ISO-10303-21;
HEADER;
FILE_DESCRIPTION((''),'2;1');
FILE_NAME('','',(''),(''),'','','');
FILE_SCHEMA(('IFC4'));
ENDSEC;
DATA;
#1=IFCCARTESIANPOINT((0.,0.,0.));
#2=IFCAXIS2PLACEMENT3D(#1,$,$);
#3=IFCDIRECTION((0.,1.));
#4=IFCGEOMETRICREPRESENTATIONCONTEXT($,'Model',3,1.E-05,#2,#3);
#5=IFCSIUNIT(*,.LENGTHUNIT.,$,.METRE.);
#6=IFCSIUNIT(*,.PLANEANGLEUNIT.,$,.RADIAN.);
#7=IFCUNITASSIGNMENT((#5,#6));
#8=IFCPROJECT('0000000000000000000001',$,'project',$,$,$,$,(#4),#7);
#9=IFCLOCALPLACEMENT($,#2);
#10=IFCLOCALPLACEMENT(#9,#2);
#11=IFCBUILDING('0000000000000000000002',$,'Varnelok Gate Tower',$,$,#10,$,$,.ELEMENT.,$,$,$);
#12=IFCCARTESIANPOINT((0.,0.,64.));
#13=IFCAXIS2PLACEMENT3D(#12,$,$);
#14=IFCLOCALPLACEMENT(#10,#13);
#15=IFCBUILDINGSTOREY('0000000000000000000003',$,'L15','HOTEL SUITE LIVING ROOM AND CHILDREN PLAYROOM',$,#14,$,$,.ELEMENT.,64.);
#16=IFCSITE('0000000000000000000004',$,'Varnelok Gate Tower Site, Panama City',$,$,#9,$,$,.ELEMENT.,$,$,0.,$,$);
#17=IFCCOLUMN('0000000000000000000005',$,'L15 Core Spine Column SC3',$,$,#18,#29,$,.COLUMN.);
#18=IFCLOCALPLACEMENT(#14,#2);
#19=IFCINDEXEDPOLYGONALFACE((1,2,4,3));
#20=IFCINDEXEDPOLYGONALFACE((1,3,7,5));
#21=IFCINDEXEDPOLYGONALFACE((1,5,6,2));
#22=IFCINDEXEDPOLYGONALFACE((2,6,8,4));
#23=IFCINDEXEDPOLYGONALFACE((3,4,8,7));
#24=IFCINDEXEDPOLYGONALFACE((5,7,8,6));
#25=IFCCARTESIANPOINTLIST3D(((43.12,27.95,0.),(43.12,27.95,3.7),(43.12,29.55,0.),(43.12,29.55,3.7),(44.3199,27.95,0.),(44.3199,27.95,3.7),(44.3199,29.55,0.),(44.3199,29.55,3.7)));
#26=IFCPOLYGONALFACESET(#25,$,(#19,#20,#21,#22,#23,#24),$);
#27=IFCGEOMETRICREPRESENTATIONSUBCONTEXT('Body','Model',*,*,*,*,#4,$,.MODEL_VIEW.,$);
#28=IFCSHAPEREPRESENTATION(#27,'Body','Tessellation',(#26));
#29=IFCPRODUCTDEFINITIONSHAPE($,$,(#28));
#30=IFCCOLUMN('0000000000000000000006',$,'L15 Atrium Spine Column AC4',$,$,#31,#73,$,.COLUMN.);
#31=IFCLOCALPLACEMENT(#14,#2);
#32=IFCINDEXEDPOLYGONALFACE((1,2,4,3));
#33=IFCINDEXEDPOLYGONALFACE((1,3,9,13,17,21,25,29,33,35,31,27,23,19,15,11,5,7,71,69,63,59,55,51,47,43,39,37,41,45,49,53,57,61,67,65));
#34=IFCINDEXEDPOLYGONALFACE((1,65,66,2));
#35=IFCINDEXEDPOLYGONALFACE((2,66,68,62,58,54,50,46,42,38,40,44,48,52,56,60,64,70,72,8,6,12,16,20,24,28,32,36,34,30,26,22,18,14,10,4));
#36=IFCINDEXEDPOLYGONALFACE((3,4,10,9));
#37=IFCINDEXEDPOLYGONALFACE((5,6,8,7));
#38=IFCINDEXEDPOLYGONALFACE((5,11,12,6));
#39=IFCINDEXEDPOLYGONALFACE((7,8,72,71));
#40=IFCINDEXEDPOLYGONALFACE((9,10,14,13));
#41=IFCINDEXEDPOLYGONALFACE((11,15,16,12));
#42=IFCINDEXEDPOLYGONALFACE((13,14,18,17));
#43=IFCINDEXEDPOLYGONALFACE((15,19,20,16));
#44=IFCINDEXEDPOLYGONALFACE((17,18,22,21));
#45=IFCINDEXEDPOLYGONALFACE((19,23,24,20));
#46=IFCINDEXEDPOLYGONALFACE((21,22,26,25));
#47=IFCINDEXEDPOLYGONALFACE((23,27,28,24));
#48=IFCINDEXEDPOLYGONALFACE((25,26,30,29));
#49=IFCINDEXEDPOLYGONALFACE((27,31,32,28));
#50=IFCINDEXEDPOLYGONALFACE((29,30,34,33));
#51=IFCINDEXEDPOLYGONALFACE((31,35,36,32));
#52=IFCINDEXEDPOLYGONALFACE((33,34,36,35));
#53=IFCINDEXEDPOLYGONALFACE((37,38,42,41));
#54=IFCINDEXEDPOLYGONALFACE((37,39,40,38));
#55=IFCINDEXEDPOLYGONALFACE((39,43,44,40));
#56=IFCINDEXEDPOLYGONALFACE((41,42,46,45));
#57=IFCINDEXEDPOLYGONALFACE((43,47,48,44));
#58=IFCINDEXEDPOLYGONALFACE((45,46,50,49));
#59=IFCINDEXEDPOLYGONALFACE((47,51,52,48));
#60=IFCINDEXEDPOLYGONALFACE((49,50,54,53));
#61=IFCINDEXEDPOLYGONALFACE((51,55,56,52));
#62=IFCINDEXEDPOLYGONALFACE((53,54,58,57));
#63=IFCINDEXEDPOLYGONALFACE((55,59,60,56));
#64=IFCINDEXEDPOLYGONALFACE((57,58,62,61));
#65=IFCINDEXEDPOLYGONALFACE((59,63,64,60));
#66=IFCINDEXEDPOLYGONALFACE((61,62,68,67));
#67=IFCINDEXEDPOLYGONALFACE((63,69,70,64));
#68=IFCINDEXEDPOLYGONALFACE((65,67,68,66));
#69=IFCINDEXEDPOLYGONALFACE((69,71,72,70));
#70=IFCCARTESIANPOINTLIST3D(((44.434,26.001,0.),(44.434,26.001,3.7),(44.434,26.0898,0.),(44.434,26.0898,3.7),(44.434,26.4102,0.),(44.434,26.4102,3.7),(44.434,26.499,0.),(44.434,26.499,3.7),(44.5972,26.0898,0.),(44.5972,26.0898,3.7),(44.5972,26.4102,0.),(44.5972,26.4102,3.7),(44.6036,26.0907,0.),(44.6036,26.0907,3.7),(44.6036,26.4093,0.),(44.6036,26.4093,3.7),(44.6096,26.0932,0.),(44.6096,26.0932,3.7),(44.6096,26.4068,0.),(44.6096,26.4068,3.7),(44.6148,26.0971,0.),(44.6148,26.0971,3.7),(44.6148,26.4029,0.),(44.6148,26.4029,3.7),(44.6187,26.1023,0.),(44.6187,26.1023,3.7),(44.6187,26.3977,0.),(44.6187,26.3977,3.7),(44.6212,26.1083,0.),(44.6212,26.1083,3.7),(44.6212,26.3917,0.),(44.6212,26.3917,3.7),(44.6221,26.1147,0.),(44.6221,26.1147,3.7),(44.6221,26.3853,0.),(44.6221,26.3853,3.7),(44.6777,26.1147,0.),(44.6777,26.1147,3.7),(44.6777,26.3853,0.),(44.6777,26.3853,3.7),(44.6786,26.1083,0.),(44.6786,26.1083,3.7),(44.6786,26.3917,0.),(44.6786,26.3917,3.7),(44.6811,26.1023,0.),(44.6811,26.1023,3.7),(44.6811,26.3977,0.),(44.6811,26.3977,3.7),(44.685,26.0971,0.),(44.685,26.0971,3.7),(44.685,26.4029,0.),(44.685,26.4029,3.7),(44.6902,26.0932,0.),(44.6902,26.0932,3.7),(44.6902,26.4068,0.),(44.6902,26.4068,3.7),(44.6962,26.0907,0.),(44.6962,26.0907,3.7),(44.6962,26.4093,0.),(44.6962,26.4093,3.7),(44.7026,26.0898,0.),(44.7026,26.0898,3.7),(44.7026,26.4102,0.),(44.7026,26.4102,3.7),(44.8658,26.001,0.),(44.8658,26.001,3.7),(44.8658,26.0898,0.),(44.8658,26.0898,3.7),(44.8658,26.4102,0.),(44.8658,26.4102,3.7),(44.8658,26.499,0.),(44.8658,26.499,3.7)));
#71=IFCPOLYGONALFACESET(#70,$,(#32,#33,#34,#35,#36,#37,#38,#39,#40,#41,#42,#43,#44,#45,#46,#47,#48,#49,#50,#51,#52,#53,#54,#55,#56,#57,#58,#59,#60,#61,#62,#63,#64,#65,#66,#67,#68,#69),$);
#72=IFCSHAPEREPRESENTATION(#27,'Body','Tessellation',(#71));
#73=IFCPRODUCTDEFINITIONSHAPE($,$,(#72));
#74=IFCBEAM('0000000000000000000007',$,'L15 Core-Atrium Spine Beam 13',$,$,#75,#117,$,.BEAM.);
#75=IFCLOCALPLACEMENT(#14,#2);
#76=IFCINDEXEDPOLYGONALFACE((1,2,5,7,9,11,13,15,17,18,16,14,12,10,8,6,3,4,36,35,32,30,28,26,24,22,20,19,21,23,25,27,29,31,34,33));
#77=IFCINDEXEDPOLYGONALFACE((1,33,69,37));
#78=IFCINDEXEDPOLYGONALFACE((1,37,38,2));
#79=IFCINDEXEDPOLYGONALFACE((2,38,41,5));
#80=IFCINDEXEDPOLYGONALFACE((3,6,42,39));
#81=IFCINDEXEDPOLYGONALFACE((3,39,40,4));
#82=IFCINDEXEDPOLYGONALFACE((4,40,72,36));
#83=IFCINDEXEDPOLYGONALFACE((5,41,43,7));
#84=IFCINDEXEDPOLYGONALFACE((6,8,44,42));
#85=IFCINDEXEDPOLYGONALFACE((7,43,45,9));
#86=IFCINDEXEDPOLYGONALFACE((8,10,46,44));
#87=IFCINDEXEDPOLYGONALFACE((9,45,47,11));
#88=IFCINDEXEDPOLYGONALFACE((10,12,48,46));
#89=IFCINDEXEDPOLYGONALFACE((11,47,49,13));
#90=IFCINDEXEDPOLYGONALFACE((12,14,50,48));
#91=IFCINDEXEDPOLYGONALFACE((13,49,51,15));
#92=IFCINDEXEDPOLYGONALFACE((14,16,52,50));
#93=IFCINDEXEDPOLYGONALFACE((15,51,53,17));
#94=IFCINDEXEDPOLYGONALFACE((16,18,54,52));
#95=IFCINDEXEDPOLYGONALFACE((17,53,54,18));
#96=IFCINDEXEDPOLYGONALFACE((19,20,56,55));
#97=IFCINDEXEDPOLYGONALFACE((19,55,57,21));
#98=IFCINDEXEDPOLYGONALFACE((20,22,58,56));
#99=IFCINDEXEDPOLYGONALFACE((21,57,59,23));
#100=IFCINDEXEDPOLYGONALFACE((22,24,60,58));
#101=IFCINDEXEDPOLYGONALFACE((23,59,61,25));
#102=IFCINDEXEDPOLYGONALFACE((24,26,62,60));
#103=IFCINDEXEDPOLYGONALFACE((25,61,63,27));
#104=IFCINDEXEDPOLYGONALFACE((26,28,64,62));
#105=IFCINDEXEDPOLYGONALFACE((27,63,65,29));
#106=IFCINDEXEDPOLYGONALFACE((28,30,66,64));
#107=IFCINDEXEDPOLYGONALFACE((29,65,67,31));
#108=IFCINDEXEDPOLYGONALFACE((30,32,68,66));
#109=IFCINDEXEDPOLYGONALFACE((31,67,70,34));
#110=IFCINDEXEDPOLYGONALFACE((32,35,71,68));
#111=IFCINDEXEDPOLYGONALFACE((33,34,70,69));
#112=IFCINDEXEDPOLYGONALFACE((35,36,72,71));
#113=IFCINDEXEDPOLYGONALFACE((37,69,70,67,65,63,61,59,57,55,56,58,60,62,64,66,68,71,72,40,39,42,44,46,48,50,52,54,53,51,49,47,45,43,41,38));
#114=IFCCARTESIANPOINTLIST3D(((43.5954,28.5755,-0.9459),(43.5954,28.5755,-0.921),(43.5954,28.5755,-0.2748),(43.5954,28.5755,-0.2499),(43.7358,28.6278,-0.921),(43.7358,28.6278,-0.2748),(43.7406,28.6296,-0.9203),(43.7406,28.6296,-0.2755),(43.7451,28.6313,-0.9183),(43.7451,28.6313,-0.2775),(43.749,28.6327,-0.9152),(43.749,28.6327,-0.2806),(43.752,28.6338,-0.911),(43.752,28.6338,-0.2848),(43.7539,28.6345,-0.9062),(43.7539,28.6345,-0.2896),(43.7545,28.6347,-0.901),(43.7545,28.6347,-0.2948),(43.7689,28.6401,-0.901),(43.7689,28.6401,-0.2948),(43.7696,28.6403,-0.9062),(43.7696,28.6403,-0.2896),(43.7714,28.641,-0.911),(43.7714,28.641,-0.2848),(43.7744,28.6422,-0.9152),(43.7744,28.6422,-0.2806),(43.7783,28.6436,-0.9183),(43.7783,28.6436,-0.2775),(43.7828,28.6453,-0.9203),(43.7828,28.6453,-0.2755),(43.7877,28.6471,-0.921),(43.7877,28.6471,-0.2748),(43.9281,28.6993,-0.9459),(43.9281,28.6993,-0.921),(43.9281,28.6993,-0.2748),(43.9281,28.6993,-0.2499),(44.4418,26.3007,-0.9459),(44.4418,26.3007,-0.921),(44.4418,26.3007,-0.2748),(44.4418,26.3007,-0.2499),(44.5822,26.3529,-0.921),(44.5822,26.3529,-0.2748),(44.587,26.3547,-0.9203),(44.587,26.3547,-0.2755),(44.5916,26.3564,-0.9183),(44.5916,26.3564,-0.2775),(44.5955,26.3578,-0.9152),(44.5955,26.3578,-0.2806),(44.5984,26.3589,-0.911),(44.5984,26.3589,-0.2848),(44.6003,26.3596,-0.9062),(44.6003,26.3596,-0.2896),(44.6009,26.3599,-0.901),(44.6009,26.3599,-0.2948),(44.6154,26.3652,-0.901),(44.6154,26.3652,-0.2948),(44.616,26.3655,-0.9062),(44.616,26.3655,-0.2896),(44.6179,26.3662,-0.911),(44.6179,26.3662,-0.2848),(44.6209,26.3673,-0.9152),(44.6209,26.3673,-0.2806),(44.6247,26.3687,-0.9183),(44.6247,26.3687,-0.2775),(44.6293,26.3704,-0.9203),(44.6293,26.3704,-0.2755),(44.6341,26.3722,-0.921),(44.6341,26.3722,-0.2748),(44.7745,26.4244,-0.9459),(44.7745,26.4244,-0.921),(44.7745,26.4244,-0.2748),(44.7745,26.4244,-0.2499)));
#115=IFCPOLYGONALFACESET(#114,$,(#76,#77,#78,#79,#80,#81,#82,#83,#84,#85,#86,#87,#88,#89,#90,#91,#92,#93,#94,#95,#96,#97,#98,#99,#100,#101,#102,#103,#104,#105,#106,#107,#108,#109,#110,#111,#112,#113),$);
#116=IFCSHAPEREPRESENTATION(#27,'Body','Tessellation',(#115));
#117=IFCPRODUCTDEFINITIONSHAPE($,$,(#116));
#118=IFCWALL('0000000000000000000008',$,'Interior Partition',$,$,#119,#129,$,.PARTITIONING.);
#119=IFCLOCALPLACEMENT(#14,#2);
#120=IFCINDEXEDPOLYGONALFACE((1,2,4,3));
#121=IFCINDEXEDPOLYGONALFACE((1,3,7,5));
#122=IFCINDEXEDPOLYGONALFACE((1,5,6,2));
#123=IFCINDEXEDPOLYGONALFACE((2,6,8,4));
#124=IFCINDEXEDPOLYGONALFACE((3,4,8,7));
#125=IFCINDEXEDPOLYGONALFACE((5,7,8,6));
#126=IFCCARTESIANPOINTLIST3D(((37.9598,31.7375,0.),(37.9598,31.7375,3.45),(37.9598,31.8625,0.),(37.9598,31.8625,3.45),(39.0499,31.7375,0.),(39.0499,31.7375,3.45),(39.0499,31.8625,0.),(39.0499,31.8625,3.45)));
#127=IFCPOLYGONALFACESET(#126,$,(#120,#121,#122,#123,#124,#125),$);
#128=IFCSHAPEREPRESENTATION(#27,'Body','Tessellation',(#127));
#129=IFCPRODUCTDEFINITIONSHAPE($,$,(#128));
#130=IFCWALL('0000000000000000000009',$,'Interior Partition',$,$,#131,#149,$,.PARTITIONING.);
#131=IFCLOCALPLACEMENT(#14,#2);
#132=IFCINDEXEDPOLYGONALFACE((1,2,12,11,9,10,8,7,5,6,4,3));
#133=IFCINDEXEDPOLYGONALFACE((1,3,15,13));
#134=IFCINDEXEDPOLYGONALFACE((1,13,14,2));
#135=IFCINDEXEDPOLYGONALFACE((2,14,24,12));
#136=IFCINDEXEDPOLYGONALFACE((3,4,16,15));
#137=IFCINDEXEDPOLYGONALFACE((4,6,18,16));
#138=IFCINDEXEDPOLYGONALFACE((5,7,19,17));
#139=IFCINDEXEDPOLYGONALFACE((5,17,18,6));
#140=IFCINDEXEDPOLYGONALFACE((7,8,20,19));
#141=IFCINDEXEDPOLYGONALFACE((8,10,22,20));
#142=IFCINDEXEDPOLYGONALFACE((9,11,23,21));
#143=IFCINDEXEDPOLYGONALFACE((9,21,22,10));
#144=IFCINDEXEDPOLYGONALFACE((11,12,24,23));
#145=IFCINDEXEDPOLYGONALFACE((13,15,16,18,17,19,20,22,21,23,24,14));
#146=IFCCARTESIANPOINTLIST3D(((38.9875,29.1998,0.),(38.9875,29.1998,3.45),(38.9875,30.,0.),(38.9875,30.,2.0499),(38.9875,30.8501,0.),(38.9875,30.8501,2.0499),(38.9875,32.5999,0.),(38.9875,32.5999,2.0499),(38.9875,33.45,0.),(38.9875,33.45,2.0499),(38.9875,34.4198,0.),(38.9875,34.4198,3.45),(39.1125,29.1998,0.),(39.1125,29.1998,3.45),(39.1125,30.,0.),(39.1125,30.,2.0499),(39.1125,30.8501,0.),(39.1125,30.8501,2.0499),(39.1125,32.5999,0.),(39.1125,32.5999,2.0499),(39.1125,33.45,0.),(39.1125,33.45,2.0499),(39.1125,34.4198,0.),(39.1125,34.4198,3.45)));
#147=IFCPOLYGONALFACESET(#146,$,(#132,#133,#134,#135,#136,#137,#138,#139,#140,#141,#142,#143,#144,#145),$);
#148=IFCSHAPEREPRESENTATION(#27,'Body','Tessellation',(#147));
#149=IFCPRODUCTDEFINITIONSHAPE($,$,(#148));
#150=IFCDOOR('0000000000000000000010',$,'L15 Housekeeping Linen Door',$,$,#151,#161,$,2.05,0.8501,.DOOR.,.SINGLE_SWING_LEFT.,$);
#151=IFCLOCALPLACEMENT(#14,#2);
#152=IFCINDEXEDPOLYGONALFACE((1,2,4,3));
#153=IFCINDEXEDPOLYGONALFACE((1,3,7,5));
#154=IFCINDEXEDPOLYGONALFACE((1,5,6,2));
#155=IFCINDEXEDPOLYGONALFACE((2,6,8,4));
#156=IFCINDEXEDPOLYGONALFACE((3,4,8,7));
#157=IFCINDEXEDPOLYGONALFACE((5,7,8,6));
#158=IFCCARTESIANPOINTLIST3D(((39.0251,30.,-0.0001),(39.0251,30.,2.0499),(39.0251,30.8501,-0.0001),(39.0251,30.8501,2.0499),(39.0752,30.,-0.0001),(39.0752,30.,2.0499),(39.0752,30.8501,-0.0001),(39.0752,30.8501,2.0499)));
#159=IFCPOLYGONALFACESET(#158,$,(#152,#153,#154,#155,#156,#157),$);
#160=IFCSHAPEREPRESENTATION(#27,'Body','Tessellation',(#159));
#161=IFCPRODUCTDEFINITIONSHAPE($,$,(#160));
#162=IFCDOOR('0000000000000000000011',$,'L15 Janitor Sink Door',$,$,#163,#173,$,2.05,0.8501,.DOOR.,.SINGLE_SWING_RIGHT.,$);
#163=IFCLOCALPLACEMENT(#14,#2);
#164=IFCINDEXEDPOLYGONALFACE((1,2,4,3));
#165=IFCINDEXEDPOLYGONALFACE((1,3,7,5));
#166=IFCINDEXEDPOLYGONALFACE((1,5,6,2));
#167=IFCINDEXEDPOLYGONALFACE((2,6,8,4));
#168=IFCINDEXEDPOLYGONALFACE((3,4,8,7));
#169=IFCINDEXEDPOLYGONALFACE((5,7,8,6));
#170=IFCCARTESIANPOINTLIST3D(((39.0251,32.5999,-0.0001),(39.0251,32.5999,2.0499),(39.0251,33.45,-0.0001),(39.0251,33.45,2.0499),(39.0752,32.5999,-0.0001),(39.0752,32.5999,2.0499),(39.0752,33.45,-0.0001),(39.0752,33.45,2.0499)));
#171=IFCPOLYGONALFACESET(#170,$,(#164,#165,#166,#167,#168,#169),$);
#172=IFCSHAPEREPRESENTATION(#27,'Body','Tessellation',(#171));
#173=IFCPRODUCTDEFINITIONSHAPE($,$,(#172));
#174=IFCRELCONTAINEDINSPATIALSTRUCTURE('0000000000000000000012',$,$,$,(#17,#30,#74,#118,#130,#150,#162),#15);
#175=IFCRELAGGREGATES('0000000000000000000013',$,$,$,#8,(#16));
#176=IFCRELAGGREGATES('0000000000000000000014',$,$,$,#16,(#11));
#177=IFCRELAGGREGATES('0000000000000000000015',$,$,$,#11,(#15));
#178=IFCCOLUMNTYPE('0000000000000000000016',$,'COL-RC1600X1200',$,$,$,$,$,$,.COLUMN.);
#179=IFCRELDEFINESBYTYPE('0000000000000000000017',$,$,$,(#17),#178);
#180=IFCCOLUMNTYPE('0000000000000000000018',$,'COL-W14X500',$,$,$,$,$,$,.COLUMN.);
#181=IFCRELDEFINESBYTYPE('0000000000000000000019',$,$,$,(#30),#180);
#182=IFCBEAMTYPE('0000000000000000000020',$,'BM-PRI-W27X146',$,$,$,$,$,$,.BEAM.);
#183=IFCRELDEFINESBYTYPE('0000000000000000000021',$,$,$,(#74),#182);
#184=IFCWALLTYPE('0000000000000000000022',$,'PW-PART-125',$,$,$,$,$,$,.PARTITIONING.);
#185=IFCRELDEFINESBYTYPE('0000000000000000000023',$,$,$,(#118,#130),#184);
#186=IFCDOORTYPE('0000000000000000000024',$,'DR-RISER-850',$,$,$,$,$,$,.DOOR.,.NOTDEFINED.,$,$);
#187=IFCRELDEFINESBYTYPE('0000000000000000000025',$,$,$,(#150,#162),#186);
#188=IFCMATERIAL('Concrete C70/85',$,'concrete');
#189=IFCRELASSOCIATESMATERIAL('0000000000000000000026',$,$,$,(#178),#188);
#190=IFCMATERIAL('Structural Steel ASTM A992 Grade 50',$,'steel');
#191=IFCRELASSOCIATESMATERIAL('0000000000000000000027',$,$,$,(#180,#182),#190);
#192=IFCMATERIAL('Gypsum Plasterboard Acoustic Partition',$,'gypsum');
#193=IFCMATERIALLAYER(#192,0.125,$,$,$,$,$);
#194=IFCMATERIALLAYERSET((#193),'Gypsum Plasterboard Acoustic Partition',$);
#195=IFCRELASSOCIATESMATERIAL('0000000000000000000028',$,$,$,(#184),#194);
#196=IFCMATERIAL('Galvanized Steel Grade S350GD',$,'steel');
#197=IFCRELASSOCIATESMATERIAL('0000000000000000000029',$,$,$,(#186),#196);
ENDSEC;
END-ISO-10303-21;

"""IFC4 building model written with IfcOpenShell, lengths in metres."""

from ifc_helpers import new_model, si_unit, direction, frame, frame_2d, origin, origin_2d, place, context, subcontext, project, spatial, rectangle, i_section, extrude, material, layer, layer_set, material_profile, profile_set, type_object, element, fill, save


model = new_model("IFC4")

# Units and contexts
model_context = context("Model", 3, precision=1e-05, world=origin(), true_north=direction((0.0, 1.0)))
body_context = subcontext(model_context, "Body", "Model", "MODEL_VIEW")
ifc_project = project(units=[si_unit("LENGTHUNIT", "METRE"), si_unit("PLANEANGLEUNIT", "RADIAN")], contexts=[model_context])

# Site, building, storey
site_placement = place(None, origin())
site = spatial("IfcSite", under=ifc_project, at=site_placement, Name="Varnelok Gate Tower Site, Panama City", CompositionType="ELEMENT", RefElevation=0.0)
building_placement = place(site_placement, origin())
building = spatial("IfcBuilding", under=site, at=building_placement, Name="Varnelok Gate Tower", CompositionType="ELEMENT")
storey_placement = place(building_placement, frame((0.0, 0.0, 64.0)))
storey = spatial("IfcBuildingStorey", under=building, at=storey_placement, Name="L15", Description="HOTEL SUITE LIVING ROOM AND CHILDREN PLAYROOM", CompositionType="ELEMENT", Elevation=64.0)

# Columns
ifc_material_1 = material(Name="Concrete C70/85", Category="concrete")
ifc_material_profile_1 = material_profile(ifc_material_1, rectangle(XDim=1.2, YDim=1.6001, at=origin_2d()), Name="RC1600X1200")
ifc_profile_set_1 = profile_set([ifc_material_profile_1], Name="Concrete C70/85")
column_type_1 = type_object("IfcColumnType", Name="COL-RC1600X1200", PredefinedType="COLUMN", material=ifc_profile_set_1)
column_1_placement = place(storey_placement, frame((43.72, 28.75, 0.0), z_axis=(0.0, 0.0, 1.0), x_axis=(1.0, 0.0, 0.0)))
element("IfcColumn", 1, at=column_1_placement, inside=storey, type_object=column_type_1, Name="L15 Core Spine Column SC3", PredefinedType="COLUMN", context=body_context, shape_type="SweptSolid", body=[
    extrude(rectangle(XDim=1.2, YDim=1.6001, at=origin_2d()), origin(), (0.0, 0.0, 1.0), 3.7),
])
ifc_material_2 = material(Name="Structural Steel ASTM A992 Grade 50", Category="steel")
ifc_material_profile_2 = material_profile(ifc_material_2, i_section(OverallWidth=0.4319, OverallDepth=0.498, WebThickness=0.0557, FlangeThickness=0.0889, FilletRadius=0.0249, at=origin_2d()), Name="W14X500")
ifc_profile_set_2 = profile_set([ifc_material_profile_2], Name="Structural Steel ASTM A992 Grade 50")
column_type_2 = type_object("IfcColumnType", Name="COL-W14X500", PredefinedType="COLUMN", material=ifc_profile_set_2)
column_2_placement = place(storey_placement, frame((44.6499, 26.25, 0.0), z_axis=(0.0, 0.0, 1.0), x_axis=(1.0, 0.0, 0.0)))
element("IfcColumn", 2, at=column_2_placement, inside=storey, type_object=column_type_2, Name="L15 Atrium Spine Column AC4", PredefinedType="COLUMN", context=body_context, shape_type="SweptSolid", body=[
    extrude(i_section(OverallWidth=0.4319, OverallDepth=0.498, WebThickness=0.0557, FlangeThickness=0.0889, FilletRadius=0.0249, at=origin_2d()), origin(), (0.0, 0.0, 1.0), 3.7),
])

# Beam
ifc_material_profile_3 = material_profile(ifc_material_2, i_section(OverallWidth=0.355, OverallDepth=0.696, WebThickness=0.0154, FlangeThickness=0.0249, FilletRadius=0.02, at=origin_2d()), Name="W27X146")
ifc_profile_set_3 = profile_set([ifc_material_profile_3], Name="Structural Steel ASTM A992 Grade 50")
beam_type = type_object("IfcBeamType", Name="BM-PRI-W27X146", PredefinedType="BEAM", material=ifc_profile_set_3)
beam_placement = place(storey_placement, frame((44.6082, 26.3625, -0.5979), z_axis=(-0.348719, 0.937227, 0.0), x_axis=(-0.937227, -0.348719, 0.0)))
element("IfcBeam", 3, at=beam_placement, inside=storey, type_object=beam_type, Name="L15 Core-Atrium Spine Beam 13", PredefinedType="BEAM", context=body_context, shape_type="SweptSolid", body=[
    extrude(i_section(OverallWidth=0.355, OverallDepth=0.696, WebThickness=0.0154, FlangeThickness=0.0249, FilletRadius=0.02, at=origin_2d()), origin(), (0.0, 0.0, 1.0), 2.4272),
])

# Wall
ifc_material_3 = material(Name="Gypsum Plasterboard Acoustic Partition", Category="gypsum")
ifc_layer_1 = layer(ifc_material_3, 0.125)
ifc_layer_set_1 = layer_set([ifc_layer_1], Name="Gypsum Plasterboard Acoustic Partition")
wall_type_1 = type_object("IfcWallType", Name="PW-PART-125", PredefinedType="PARTITIONING", material=ifc_layer_set_1)
wall_1_placement = place(storey_placement, frame((37.96, 31.8, 0.0), z_axis=(0.0, 0.0, 1.0), x_axis=(1.0, 0.0, 0.0)))
element("IfcWall", 4, at=wall_1_placement, inside=storey, type_object=wall_type_1, Name="Interior Partition", PredefinedType="PARTITIONING", context=body_context, shape_type="SweptSolid", body=[
    extrude(rectangle(XDim=1.0901, YDim=0.125, at=frame_2d((0.5449, 0.0))), origin(), (0.0, 0.0, 1.0), 3.45),
])

# Wall, openings, doors
wall_2_placement = place(storey_placement, frame((39.05, 29.2, 0.0), z_axis=(0.0, 0.0, 1.0), x_axis=(0.0, 1.0, 0.0)))
wall_2 = element("IfcWall", 5, at=wall_2_placement, inside=storey, type_object=wall_type_1, Name="Interior Partition", PredefinedType="PARTITIONING", context=body_context, shape_type="SweptSolid", body=[
    extrude(rectangle(XDim=5.22, YDim=0.125, at=frame_2d((2.6099, 0.0))), origin(), (0.0, 0.0, 1.0), 3.45),
])
opening_1_placement = place(wall_2_placement, frame((0.8, 0.0, 0.0)))
opening_1 = element("IfcOpeningElement", 6, at=opening_1_placement, cuts=wall_2, PredefinedType="OPENING", context=body_context, shape_type="SweptSolid", body=[
    extrude(rectangle(XDim=0.8501, YDim=2.05, at=frame_2d((0.425, 1.0249))), frame((0.0, 0.0725, 0.0), z_axis=(0.0, -1.0, 0.0), x_axis=(1.0, 0.0, 0.0)), (0.0, 0.0, 1.0), 0.145),
])
opening_2_placement = place(wall_2_placement, frame((3.3999, 0.0, 0.0)))
opening_2 = element("IfcOpeningElement", 7, at=opening_2_placement, cuts=wall_2, PredefinedType="OPENING", context=body_context, shape_type="SweptSolid", body=[
    extrude(rectangle(XDim=0.8501, YDim=2.05, at=frame_2d((0.425, 1.0249))), frame((0.0, 0.0725, 0.0), z_axis=(0.0, -1.0, 0.0), x_axis=(1.0, 0.0, 0.0)), (0.0, 0.0, 1.0), 0.145),
])
ifc_material_4 = material(Name="Galvanized Steel Grade S350GD", Category="steel")
door_type_1 = type_object("IfcDoorType", Name="DR-RISER-850", OperationType="NOTDEFINED", PredefinedType="DOOR", material=ifc_material_4)
door_1_placement = place(opening_1_placement, origin())
door_1 = element("IfcDoor", 8, at=door_1_placement, inside=storey, type_object=door_type_1, Name="L15 Housekeeping Linen Door", OperationType="SINGLE_SWING_LEFT", OverallHeight=2.05, OverallWidth=0.8501, PredefinedType="DOOR", context=body_context, shape_type="SweptSolid", body=[
    extrude(rectangle(XDim=0.8501, YDim=2.05, at=frame_2d((0.425, 1.0249))), frame((0.0, 0.0249, 0.0), z_axis=(0.0, -1.0, 0.0), x_axis=(1.0, 0.0, 0.0)), (0.0, 0.0, 1.0), 0.05),
])
fill(opening_1, door_1)
door_2_placement = place(opening_2_placement, origin())
door_2 = element("IfcDoor", 9, at=door_2_placement, inside=storey, type_object=door_type_1, Name="L15 Janitor Sink Door", OperationType="SINGLE_SWING_RIGHT", OverallHeight=2.05, OverallWidth=0.8501, PredefinedType="DOOR", context=body_context, shape_type="SweptSolid", body=[
    extrude(rectangle(XDim=0.8501, YDim=2.05, at=frame_2d((0.425, 1.0249))), frame((0.0, 0.0249, 0.0), z_axis=(0.0, -1.0, 0.0), x_axis=(1.0, 0.0, 0.0)), (0.0, 0.0, 1.0), 0.05),
])
fill(opening_2, door_2)

save(model, "model.ifc")
